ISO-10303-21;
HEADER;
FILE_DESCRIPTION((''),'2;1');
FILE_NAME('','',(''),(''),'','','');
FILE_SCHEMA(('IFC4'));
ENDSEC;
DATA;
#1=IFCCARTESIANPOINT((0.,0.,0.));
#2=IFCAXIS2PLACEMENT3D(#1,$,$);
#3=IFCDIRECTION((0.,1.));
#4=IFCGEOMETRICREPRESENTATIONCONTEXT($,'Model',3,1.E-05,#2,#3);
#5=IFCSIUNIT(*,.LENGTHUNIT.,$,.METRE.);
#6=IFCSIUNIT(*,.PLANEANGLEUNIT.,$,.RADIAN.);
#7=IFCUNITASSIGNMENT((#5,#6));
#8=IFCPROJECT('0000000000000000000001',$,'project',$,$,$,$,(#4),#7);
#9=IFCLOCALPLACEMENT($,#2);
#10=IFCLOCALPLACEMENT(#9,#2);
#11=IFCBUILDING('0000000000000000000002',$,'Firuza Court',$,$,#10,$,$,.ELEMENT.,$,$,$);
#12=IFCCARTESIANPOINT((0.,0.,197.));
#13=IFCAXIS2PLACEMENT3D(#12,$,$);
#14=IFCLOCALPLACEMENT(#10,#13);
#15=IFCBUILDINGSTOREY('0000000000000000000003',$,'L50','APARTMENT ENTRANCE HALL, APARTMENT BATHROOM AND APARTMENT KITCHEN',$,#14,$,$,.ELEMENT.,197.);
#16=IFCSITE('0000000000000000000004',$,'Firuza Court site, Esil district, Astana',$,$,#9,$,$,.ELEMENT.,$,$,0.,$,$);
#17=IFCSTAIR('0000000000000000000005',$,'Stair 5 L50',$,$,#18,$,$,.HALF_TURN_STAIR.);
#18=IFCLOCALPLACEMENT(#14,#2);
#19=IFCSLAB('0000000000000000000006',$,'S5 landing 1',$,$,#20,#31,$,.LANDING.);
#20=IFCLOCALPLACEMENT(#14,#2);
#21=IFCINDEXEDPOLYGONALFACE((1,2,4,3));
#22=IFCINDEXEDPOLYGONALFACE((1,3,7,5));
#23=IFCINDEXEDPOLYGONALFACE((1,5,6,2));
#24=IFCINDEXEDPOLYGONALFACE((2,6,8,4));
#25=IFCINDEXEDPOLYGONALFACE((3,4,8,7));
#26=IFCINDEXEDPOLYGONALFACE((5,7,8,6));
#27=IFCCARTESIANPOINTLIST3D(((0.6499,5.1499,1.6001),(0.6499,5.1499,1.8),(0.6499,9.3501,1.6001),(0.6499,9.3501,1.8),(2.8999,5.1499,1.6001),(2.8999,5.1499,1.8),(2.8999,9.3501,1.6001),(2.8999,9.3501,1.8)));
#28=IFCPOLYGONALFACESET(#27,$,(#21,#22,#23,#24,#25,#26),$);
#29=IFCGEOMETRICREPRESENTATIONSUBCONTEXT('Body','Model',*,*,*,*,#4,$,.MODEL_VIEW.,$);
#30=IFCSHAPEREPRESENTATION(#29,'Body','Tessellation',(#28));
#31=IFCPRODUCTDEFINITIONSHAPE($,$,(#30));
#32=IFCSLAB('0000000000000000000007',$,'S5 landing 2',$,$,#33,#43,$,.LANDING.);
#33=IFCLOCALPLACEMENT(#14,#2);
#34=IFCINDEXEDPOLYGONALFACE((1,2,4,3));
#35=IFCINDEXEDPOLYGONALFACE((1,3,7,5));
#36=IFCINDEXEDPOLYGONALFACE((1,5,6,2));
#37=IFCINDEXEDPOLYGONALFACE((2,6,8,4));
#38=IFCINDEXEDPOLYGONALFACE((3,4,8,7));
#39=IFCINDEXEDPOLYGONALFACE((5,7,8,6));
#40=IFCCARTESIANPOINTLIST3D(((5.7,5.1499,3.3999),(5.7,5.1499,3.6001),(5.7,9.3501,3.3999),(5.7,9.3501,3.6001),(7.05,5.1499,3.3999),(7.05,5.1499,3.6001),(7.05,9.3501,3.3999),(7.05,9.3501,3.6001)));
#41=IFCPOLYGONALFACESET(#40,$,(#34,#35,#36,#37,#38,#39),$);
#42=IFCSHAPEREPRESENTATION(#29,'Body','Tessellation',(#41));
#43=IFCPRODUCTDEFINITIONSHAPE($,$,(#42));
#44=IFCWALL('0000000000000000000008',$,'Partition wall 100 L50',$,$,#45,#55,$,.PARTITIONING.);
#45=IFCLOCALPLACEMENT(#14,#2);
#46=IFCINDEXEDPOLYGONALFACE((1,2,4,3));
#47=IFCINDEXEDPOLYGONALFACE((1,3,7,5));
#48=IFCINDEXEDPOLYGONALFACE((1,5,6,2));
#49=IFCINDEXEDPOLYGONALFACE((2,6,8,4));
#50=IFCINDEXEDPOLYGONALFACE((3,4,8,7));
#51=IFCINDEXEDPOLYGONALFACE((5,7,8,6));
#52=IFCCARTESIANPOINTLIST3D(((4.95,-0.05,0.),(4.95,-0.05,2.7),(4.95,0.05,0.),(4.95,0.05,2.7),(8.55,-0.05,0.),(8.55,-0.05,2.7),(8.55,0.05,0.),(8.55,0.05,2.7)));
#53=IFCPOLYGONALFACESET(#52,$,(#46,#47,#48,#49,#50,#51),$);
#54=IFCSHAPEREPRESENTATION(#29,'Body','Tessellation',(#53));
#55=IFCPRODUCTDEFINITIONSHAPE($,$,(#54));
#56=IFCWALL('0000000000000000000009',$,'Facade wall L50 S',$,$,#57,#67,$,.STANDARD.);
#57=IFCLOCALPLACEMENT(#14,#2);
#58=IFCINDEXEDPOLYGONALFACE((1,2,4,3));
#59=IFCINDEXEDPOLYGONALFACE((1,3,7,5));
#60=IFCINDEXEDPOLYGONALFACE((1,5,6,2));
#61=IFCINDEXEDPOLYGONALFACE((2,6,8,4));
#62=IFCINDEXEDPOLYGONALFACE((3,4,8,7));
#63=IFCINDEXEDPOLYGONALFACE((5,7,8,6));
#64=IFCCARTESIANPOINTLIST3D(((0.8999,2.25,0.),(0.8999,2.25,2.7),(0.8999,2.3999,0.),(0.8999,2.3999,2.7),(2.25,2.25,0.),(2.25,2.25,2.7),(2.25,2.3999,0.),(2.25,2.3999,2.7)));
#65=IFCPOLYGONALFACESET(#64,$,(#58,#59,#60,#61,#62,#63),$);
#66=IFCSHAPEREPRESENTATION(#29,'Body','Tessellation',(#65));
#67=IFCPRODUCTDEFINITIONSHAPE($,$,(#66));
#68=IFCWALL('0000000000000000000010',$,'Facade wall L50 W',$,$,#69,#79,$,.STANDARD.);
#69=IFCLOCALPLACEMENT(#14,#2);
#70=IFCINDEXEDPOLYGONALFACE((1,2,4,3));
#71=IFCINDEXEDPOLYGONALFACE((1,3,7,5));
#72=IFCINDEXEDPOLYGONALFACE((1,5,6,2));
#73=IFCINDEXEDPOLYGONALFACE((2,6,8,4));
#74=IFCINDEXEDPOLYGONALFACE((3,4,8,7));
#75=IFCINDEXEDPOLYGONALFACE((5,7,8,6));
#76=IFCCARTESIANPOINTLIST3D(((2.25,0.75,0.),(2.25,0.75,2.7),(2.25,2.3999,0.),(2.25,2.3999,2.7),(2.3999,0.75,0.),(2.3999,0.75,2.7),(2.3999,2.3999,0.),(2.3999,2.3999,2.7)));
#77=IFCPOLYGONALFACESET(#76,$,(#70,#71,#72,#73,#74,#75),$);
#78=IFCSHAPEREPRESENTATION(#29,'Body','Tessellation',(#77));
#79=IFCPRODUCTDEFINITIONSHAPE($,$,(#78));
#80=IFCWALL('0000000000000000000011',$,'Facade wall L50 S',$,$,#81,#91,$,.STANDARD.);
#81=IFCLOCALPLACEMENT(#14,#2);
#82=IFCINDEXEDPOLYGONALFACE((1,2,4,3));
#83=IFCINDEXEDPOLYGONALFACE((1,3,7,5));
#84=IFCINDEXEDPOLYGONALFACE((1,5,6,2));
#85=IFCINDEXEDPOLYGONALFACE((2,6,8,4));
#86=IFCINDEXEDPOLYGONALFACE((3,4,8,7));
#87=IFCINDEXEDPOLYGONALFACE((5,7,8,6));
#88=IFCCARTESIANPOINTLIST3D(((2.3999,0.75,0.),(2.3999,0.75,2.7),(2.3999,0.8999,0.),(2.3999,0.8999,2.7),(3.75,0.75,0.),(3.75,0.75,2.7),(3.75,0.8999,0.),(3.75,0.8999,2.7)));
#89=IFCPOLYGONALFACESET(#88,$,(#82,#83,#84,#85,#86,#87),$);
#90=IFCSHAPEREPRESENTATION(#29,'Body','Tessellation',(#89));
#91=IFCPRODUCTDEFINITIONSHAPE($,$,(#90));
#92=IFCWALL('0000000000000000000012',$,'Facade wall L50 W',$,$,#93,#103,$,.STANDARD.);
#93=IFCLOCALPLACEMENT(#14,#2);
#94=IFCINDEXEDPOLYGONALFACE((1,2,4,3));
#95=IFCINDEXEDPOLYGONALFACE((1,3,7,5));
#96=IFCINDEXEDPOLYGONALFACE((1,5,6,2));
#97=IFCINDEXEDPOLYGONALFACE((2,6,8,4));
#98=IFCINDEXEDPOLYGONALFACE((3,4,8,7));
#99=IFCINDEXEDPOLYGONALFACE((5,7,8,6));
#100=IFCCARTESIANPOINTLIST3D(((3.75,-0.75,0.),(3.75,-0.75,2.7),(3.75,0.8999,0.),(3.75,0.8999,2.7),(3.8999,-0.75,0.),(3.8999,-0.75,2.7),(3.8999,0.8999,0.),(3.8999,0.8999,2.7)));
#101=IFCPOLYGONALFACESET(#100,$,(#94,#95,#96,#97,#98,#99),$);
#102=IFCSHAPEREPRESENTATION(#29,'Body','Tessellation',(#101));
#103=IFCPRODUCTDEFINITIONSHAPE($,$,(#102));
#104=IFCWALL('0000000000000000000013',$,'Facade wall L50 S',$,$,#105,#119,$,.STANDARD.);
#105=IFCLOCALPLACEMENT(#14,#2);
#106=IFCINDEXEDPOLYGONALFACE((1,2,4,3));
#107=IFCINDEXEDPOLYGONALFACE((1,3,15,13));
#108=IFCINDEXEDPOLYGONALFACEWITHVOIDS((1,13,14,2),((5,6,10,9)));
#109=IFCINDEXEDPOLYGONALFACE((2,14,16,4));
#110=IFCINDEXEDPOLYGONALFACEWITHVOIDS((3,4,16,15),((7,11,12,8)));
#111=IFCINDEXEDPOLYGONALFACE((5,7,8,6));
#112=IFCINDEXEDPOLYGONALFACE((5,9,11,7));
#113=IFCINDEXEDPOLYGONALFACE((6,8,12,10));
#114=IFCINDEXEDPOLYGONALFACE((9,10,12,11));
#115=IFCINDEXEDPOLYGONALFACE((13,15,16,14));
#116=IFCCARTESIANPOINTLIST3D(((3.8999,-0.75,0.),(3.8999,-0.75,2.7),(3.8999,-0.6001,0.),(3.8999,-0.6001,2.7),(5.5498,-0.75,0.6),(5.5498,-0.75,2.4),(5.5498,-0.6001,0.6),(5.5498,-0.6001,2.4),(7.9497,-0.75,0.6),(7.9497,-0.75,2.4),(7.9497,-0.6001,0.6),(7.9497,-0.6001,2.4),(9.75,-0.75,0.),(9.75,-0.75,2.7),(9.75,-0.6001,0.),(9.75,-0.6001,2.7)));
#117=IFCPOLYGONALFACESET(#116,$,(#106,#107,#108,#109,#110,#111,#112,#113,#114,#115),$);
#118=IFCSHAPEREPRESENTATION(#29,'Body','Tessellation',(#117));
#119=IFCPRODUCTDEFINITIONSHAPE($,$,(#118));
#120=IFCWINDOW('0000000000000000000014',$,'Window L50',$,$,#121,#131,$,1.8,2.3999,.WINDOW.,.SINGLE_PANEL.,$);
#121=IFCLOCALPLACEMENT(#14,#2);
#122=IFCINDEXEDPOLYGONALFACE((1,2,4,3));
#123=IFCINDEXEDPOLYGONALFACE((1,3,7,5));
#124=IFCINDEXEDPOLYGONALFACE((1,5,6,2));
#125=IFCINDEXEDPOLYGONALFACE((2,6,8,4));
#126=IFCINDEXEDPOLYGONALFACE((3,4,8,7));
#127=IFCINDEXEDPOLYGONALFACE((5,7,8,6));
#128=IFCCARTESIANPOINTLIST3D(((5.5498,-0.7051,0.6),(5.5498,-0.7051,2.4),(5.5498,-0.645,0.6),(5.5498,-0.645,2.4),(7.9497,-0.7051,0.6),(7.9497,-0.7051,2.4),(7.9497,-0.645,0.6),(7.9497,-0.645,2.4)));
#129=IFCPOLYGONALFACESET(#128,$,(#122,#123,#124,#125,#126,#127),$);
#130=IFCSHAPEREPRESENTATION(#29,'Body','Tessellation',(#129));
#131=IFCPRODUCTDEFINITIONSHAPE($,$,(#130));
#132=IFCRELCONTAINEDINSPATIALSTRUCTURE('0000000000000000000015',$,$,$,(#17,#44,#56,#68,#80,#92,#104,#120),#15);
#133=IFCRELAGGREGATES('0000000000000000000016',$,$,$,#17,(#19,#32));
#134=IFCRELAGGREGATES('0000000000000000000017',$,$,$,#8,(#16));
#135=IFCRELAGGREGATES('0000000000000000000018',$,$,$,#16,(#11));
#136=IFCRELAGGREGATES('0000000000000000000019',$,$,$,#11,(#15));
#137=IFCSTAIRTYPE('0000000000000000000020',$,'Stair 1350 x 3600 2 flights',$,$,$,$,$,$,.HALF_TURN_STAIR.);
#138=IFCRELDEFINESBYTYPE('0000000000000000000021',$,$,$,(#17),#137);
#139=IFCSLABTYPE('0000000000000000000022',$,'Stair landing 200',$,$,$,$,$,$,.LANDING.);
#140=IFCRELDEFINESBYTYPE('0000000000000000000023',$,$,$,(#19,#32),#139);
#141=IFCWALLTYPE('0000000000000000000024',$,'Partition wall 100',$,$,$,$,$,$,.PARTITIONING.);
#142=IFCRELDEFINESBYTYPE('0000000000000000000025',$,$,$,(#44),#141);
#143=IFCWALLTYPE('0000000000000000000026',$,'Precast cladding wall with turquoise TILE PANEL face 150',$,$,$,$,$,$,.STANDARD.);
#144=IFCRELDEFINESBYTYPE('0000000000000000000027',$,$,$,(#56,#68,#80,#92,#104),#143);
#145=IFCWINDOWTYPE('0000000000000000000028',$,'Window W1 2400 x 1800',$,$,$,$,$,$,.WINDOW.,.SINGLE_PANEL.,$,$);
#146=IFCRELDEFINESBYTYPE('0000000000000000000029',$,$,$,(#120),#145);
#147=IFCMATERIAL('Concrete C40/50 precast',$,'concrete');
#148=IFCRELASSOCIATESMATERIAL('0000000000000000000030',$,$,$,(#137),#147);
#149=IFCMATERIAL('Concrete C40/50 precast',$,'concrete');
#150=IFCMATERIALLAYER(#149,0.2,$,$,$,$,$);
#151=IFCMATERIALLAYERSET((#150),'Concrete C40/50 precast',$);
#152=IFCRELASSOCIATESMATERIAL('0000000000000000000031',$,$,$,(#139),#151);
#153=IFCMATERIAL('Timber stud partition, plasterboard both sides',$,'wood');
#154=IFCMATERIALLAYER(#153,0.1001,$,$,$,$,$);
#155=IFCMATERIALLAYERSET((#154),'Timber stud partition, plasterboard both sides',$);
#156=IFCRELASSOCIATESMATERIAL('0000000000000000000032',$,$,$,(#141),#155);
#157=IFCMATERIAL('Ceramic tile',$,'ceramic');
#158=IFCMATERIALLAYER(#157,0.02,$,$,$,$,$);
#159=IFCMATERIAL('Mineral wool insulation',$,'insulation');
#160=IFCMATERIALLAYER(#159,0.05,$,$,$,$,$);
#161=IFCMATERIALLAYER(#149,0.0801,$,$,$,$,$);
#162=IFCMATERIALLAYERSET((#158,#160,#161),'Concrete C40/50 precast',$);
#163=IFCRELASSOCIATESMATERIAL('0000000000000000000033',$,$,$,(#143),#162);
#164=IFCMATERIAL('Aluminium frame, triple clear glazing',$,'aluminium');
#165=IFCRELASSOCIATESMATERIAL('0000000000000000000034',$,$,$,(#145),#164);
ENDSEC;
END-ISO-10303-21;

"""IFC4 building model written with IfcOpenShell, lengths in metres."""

from ifc_helpers import new_model, si_unit, direction, frame, frame_2d, origin, place, context, subcontext, project, spatial, polyline, rectangle, outline, extrude, material, layer, layer_set, type_object, element, fill, aggregate, save


model = new_model("IFC4")

# Units and contexts
model_context = context("Model", 3, precision=1e-05, world=origin(), true_north=direction((0.0, 1.0)))
body_context = subcontext(model_context, "Body", "Model", "MODEL_VIEW")
ifc_project = project(units=[si_unit("LENGTHUNIT", "METRE"), si_unit("PLANEANGLEUNIT", "RADIAN")], contexts=[model_context])

# Site, building, storey
site_placement = place(None, origin())
site = spatial("IfcSite", under=ifc_project, at=site_placement, Name="Firuza Court site, Esil district, Astana", CompositionType="ELEMENT", RefElevation=0.0)
building_placement = place(site_placement, origin())
building = spatial("IfcBuilding", under=site, at=building_placement, Name="Firuza Court", CompositionType="ELEMENT")
storey_placement = place(building_placement, frame((0.0, 0.0, 197.0)))
storey = spatial("IfcBuildingStorey", under=building, at=storey_placement, Name="L50", Description="APARTMENT ENTRANCE HALL, APARTMENT BATHROOM AND APARTMENT KITCHEN", CompositionType="ELEMENT", Elevation=197.0)

# Stair, slabs
ifc_material_1 = material(Name="Concrete C40/50 precast", Category="concrete")
stair_type = type_object("IfcStairType", Name="Stair 1350 x 3600 2 flights", PredefinedType="HALF_TURN_STAIR", material=ifc_material_1)
ifc_material_2 = material(Name="Concrete C40/50 precast", Category="concrete")
ifc_layer_1 = layer(ifc_material_2, 0.2)
ifc_layer_set_1 = layer_set([ifc_layer_1], Name="Concrete C40/50 precast")
slab_type_1 = type_object("IfcSlabType", Name="Stair landing 200", PredefinedType="LANDING", material=ifc_layer_set_1)
stair_1_placement = place(storey_placement, origin())
stair_1 = element("IfcStair", 1, at=stair_1_placement, inside=storey, type_object=stair_type, Name="Stair 5 L50", PredefinedType="HALF_TURN_STAIR")
slab_1_placement = place(storey_placement, frame((0.0, 0.0, 1.6001)))
slab_1 = element("IfcSlab", 2, at=slab_1_placement, type_object=slab_type_1, Name="S5 landing 1", PredefinedType="LANDING", context=body_context, shape_type="SweptSolid", body=[
    extrude(outline(polyline([(2.8999, 5.1499), (2.8999, 9.3501), (0.6499, 9.3501), (0.6499, 5.1499), (2.8999, 5.1499)])), origin(), (0.0, 0.0, 1.0), 0.2),
])
slab_2_placement = place(storey_placement, frame((0.0, 0.0, 3.3999)))
slab_2 = element("IfcSlab", 3, at=slab_2_placement, type_object=slab_type_1, Name="S5 landing 2", PredefinedType="LANDING", context=body_context, shape_type="SweptSolid", body=[
    extrude(outline(polyline([(7.05, 5.1499), (7.05, 9.3501), (5.7, 9.3501), (5.7, 5.1499), (7.05, 5.1499)])), origin(), (0.0, 0.0, 1.0), 0.2002),
])
aggregate(stair_1, [slab_1, slab_2])

# Walls
ifc_material_3 = material(Name="Timber stud partition, plasterboard both sides", Category="wood")
ifc_layer_2 = layer(ifc_material_3, 0.1001)
ifc_layer_set_2 = layer_set([ifc_layer_2], Name="Timber stud partition, plasterboard both sides")
wall_type_1 = type_object("IfcWallType", Name="Partition wall 100", PredefinedType="PARTITIONING", material=ifc_layer_set_2)
wall_1_placement = place(storey_placement, frame((4.95, 0.0, 0.0), z_axis=(0.0, 0.0, 1.0), x_axis=(1.0, 0.0, 0.0)))
element("IfcWall", 4, at=wall_1_placement, inside=storey, type_object=wall_type_1, Name="Partition wall 100 L50", PredefinedType="PARTITIONING", context=body_context, shape_type="SweptSolid", body=[
    extrude(rectangle(XDim=3.6001, YDim=0.1001, at=frame_2d((1.8, 0.0))), origin(), (0.0, 0.0, 1.0), 2.7),
])
ifc_material_4 = material(Name="Ceramic tile", Category="ceramic")
ifc_layer_3 = layer(ifc_material_4, 0.02)
ifc_material_5 = material(Name="Mineral wool insulation", Category="insulation")
ifc_layer_4 = layer(ifc_material_5, 0.05)
ifc_layer_5 = layer(ifc_material_2, 0.0801)
ifc_layer_set_3 = layer_set([ifc_layer_3, ifc_layer_4, ifc_layer_5], Name="Concrete C40/50 precast")
wall_type_2 = type_object("IfcWallType", Name="Precast cladding wall with turquoise TILE PANEL face 150", PredefinedType="STANDARD", material=ifc_layer_set_3)
wall_2_placement = place(storey_placement, frame((0.8999, 2.325, 0.0), z_axis=(0.0, 0.0, 1.0), x_axis=(1.0, 0.0, 0.0)))
element("IfcWall", 5, at=wall_2_placement, inside=storey, type_object=wall_type_2, Name="Facade wall L50 S", PredefinedType="STANDARD", context=body_context, shape_type="SweptSolid", body=[
    extrude(rectangle(XDim=1.3501, YDim=0.1499, at=frame_2d((0.675, 0.0))), origin(), (0.0, 0.0, 1.0), 2.7),
])
wall_3_placement = place(storey_placement, frame((2.325, 2.3999, 0.0), z_axis=(0.0, 0.0, 1.0), x_axis=(0.0, -1.0, 0.0)))
element("IfcWall", 6, at=wall_3_placement, inside=storey, type_object=wall_type_2, Name="Facade wall L50 W", PredefinedType="STANDARD", context=body_context, shape_type="SweptSolid", body=[
    extrude(rectangle(XDim=1.6499, YDim=0.1499, at=frame_2d((0.825, 0.0))), origin(), (0.0, 0.0, 1.0), 2.7),
])
wall_4_placement = place(storey_placement, frame((2.3999, 0.825, 0.0), z_axis=(0.0, 0.0, 1.0), x_axis=(1.0, 0.0, 0.0)))
element("IfcWall", 7, at=wall_4_placement, inside=storey, type_object=wall_type_2, Name="Facade wall L50 S", PredefinedType="STANDARD", context=body_context, shape_type="SweptSolid", body=[
    extrude(rectangle(XDim=1.3501, YDim=0.1499, at=frame_2d((0.675, 0.0))), origin(), (0.0, 0.0, 1.0), 2.7),
])
wall_5_placement = place(storey_placement, frame((3.825, 0.8999, 0.0), z_axis=(0.0, 0.0, 1.0), x_axis=(0.0, -1.0, 0.0)))
element("IfcWall", 8, at=wall_5_placement, inside=storey, type_object=wall_type_2, Name="Facade wall L50 W", PredefinedType="STANDARD", context=body_context, shape_type="SweptSolid", body=[
    extrude(rectangle(XDim=1.6499, YDim=0.1499, at=frame_2d((0.825, 0.0))), origin(), (0.0, 0.0, 1.0), 2.7),
])

# Wall, opening, window
wall_6_placement = place(storey_placement, frame((3.8999, -0.675, 0.0), z_axis=(0.0, 0.0, 1.0), x_axis=(1.0, 0.0, 0.0)))
wall_6 = element("IfcWall", 9, at=wall_6_placement, inside=storey, type_object=wall_type_2, Name="Facade wall L50 S", PredefinedType="STANDARD", context=body_context, shape_type="SweptSolid", body=[
    extrude(rectangle(XDim=5.8501, YDim=0.1499, at=frame_2d((2.925, 0.0))), origin(), (0.0, 0.0, 1.0), 2.7),
])
opening_placement = place(wall_6_placement, frame((1.6499, 0.0, 0.6001)))
opening = element("IfcOpeningElement", 10, at=opening_placement, cuts=wall_6, PredefinedType="OPENING", context=body_context, shape_type="SweptSolid", body=[
    extrude(rectangle(XDim=2.3999, YDim=1.8, at=frame_2d((1.2, 0.8999))), frame((0.0, 0.0869, 0.0), z_axis=(0.0, -1.0, 0.0), x_axis=(1.0, 0.0, 0.0)), (0.0, 0.0, 1.0), 0.1738),
])
ifc_material_6 = material(Name="Aluminium frame, triple clear glazing", Category="aluminium")
window_type = type_object("IfcWindowType", Name="Window W1 2400 x 1800", PartitioningType="SINGLE_PANEL", PredefinedType="WINDOW", material=ifc_material_6)
window_placement = place(opening_placement, origin())
window = element("IfcWindow", 11, at=window_placement, inside=storey, type_object=window_type, Name="Window L50", OverallHeight=1.8, OverallWidth=2.3999, PartitioningType="SINGLE_PANEL", PredefinedType="WINDOW", context=body_context, shape_type="SweptSolid", body=[
    extrude(rectangle(XDim=2.3999, YDim=1.8, at=frame_2d((1.2, 0.8999))), frame((0.0, 0.03, 0.0), z_axis=(0.0, -1.0, 0.0), x_axis=(1.0, 0.0, 0.0)), (0.0, 0.0, 1.0), 0.0601),
])
fill(opening, window)

save(model, "model.ifc")
